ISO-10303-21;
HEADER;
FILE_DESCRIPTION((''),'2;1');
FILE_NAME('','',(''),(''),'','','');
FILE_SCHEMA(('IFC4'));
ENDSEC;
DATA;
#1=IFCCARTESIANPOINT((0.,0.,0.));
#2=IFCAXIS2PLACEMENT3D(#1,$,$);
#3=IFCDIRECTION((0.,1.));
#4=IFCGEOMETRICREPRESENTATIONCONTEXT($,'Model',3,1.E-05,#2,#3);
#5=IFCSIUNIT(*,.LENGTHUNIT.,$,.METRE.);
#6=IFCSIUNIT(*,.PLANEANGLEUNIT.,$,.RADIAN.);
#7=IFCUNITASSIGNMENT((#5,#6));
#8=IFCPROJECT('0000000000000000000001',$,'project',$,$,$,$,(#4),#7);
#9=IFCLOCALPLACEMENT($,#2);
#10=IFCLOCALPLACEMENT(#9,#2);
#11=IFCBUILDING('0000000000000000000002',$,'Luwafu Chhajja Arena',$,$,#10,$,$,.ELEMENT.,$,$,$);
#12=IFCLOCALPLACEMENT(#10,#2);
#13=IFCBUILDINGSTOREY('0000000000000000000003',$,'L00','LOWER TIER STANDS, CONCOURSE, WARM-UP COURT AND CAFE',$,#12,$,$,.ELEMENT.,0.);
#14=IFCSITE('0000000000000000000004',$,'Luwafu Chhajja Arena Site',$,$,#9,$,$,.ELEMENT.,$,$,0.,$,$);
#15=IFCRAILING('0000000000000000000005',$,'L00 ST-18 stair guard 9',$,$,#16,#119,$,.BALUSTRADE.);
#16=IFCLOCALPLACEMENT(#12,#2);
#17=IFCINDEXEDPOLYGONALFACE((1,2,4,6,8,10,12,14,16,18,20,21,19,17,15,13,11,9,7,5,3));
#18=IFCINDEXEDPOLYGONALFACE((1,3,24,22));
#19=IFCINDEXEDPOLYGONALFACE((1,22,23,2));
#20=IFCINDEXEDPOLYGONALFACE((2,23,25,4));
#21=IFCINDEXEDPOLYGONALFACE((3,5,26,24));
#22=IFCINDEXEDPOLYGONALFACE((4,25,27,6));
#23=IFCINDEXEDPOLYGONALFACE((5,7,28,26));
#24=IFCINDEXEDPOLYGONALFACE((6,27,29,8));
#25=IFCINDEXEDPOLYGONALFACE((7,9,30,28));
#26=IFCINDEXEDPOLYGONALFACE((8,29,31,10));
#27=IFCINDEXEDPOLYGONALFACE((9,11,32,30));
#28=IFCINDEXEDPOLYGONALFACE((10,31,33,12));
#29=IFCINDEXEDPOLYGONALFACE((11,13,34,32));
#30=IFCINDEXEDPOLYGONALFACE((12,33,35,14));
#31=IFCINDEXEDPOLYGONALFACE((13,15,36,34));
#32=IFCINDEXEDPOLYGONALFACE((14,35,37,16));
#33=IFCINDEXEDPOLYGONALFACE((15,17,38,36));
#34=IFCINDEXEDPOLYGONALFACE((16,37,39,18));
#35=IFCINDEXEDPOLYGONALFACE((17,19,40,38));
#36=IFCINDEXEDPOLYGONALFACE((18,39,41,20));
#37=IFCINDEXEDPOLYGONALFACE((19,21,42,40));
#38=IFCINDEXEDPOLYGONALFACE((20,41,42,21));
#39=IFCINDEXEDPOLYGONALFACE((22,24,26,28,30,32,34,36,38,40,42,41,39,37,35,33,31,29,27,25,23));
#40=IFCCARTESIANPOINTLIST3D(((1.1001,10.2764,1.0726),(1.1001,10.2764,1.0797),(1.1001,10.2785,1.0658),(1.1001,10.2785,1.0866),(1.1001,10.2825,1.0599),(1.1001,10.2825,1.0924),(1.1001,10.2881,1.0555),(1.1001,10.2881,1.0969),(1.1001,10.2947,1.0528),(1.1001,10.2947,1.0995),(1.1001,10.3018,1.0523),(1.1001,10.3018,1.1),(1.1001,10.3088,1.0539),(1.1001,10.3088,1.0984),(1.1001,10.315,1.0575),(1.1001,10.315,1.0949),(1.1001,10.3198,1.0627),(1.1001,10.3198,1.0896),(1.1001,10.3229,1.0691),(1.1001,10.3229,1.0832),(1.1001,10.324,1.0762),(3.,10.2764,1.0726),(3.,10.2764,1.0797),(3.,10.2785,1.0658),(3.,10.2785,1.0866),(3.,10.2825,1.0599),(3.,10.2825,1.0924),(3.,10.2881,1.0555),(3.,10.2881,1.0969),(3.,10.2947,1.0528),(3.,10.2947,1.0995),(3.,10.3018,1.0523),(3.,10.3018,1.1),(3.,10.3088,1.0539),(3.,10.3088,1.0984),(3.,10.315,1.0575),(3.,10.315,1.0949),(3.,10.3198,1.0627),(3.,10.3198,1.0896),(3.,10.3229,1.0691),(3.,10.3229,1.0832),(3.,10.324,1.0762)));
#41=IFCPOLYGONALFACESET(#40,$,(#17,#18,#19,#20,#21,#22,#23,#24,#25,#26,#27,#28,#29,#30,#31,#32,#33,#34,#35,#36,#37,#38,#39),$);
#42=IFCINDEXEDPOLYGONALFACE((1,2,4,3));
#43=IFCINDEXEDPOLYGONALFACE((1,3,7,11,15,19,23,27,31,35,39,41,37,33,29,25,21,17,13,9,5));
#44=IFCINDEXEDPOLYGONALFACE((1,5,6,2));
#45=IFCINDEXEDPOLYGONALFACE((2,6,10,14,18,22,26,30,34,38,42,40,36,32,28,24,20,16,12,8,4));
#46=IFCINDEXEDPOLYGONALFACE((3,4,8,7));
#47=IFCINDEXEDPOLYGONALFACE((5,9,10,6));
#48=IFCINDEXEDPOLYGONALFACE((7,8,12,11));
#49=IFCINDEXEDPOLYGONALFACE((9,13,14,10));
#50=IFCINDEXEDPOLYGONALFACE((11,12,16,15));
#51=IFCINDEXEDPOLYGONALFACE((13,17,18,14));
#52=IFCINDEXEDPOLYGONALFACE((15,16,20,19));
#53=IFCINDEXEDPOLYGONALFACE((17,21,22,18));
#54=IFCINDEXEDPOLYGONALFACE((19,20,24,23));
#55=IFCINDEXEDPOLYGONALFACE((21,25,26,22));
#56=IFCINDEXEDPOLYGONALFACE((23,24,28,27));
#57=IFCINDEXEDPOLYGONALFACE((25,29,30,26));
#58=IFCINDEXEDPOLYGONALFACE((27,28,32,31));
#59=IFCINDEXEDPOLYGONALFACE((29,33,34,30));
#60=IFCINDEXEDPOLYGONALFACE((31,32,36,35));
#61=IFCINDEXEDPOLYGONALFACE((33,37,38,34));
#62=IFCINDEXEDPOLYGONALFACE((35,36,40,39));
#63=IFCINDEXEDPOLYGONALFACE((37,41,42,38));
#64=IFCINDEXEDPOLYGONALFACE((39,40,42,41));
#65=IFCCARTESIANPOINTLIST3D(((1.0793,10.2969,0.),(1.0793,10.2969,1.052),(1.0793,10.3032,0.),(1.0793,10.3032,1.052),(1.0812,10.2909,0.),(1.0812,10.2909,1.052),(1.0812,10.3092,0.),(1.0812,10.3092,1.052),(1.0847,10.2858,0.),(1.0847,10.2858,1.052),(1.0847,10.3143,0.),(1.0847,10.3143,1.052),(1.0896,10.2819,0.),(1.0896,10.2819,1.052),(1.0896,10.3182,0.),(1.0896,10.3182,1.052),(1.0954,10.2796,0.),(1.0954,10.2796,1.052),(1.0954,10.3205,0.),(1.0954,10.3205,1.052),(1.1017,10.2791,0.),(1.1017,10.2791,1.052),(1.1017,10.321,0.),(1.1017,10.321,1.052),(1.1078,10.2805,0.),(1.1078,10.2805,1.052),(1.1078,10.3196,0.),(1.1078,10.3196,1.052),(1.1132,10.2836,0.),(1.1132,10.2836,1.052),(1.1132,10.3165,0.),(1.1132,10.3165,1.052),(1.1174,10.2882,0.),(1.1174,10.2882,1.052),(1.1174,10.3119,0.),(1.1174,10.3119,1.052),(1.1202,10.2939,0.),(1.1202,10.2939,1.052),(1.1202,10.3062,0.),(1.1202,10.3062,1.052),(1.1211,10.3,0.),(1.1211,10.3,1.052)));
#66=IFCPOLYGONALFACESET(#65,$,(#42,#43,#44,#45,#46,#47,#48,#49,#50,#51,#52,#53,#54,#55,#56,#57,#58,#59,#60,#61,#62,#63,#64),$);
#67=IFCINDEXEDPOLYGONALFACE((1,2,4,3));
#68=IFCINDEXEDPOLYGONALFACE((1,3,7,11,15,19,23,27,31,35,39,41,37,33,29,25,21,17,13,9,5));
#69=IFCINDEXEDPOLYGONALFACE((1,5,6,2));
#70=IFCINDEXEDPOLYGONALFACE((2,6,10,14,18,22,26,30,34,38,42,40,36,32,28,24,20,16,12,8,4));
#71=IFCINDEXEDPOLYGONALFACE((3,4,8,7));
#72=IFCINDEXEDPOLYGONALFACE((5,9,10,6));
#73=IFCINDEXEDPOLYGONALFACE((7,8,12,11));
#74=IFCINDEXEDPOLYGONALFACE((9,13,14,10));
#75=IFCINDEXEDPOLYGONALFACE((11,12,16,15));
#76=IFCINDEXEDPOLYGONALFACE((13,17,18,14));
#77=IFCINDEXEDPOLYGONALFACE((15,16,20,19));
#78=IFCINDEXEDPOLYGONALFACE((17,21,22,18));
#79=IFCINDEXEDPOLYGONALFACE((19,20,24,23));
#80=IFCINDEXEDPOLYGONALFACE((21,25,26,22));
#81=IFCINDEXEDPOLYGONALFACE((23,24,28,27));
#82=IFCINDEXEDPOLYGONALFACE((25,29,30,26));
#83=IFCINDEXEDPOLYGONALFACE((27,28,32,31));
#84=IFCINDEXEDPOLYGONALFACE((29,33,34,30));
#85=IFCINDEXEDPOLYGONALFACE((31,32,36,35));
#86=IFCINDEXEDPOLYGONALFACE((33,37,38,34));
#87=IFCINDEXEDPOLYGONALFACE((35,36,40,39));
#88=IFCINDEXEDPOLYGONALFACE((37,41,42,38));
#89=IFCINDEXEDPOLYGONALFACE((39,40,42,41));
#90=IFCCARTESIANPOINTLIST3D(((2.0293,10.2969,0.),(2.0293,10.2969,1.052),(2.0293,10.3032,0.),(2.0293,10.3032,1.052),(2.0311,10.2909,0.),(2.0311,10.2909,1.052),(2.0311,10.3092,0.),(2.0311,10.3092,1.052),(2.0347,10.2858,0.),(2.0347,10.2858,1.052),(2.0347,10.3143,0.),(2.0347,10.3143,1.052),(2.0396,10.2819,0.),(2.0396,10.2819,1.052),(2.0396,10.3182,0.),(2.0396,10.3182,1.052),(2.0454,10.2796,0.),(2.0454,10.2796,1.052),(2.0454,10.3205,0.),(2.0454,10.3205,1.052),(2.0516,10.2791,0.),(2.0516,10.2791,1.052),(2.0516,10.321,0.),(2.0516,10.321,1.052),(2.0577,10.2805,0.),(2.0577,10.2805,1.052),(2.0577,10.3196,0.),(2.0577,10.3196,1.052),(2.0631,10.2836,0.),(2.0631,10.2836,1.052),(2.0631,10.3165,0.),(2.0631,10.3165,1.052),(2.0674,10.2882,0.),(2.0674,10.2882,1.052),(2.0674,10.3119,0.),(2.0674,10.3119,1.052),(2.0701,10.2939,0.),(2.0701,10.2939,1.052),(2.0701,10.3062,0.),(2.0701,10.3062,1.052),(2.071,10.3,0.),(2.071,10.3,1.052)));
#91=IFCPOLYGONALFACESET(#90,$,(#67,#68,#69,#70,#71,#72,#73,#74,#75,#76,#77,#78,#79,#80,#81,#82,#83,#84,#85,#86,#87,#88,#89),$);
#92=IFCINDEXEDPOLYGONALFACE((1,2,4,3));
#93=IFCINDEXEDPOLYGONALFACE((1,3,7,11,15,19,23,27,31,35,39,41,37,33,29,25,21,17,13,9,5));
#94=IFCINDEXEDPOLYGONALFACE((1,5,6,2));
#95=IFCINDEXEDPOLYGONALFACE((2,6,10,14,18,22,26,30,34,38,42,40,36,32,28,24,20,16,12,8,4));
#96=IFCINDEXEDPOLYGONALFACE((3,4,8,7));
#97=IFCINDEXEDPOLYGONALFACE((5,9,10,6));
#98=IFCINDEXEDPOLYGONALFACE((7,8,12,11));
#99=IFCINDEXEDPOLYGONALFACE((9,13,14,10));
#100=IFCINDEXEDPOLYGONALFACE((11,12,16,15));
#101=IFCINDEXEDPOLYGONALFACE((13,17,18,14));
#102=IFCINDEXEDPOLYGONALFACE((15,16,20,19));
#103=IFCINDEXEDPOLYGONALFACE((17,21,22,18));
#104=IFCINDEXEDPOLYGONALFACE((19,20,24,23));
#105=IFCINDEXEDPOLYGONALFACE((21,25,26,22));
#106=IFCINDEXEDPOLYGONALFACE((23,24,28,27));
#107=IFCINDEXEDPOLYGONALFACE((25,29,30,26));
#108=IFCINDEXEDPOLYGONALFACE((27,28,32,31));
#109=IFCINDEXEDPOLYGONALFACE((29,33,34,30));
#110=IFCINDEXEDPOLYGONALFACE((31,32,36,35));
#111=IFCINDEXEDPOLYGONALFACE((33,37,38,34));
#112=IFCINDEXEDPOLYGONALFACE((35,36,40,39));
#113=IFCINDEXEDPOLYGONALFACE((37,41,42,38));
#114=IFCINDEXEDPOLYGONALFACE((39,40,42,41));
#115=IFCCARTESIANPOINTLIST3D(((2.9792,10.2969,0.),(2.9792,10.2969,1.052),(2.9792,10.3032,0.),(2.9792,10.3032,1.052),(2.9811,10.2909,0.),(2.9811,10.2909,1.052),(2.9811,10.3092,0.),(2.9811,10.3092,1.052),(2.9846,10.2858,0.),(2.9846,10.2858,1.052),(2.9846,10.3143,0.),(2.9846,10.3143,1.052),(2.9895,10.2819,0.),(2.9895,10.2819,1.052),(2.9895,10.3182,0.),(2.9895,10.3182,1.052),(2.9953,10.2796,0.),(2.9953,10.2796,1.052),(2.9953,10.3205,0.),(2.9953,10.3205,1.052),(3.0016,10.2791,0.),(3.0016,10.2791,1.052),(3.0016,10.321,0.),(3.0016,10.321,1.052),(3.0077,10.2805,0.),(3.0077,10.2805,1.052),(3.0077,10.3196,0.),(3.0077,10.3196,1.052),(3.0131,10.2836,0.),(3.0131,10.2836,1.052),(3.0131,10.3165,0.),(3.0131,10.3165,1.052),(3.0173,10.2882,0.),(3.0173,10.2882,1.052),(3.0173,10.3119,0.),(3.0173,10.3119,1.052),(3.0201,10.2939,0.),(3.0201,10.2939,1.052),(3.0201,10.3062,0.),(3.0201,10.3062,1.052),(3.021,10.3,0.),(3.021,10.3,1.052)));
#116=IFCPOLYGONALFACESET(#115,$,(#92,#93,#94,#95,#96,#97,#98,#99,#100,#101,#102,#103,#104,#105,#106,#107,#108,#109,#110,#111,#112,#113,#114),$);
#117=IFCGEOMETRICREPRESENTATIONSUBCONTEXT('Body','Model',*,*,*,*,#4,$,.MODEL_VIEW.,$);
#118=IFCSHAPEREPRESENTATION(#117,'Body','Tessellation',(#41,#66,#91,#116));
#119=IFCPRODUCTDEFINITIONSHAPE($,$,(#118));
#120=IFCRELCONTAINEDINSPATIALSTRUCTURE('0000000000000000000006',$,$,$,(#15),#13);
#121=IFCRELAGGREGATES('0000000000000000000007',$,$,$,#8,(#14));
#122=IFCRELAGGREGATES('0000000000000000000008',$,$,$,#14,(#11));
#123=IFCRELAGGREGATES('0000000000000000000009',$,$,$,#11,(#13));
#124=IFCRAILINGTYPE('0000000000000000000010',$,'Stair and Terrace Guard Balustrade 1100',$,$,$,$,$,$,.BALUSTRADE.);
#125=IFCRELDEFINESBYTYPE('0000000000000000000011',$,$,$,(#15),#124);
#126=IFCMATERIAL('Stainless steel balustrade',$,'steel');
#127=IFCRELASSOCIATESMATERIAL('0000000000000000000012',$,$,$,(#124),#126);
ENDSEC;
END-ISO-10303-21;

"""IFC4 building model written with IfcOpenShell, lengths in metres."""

from ifc_helpers import new_model, si_unit, direction, frame, origin, origin_2d, place, context, subcontext, project, spatial, circle, extrude, material, type_object, element, save


model = new_model("IFC4")

# Units and contexts
model_context = context("Model", 3, precision=1e-05, world=origin(), true_north=direction((0.0, 1.0)))
body_context = subcontext(model_context, "Body", "Model", "MODEL_VIEW")
ifc_project = project(units=[si_unit("LENGTHUNIT", "METRE"), si_unit("PLANEANGLEUNIT", "RADIAN")], contexts=[model_context])

# Site, building, storey
site_placement = place(None, origin())
site = spatial("IfcSite", under=ifc_project, at=site_placement, Name="Luwafu Chhajja Arena Site", CompositionType="ELEMENT", RefElevation=0.0)
building_placement = place(site_placement, origin())
building = spatial("IfcBuilding", under=site, at=building_placement, Name="Luwafu Chhajja Arena", CompositionType="ELEMENT")
storey_placement = place(building_placement, origin())
storey = spatial("IfcBuildingStorey", under=building, at=storey_placement, Name="L00", Description="LOWER TIER STANDS, CONCOURSE, WARM-UP COURT AND CAFE", CompositionType="ELEMENT", Elevation=0.0)

# Railing
ifc_material_1 = material(Name="Stainless steel balustrade", Category="steel")
railing_type_1 = type_object("IfcRailingType", Name="Stair and Terrace Guard Balustrade 1100", PredefinedType="BALUSTRADE", material=ifc_material_1)
for number, where, name in (
    (1, (1.1001, 10.3, 0.0), "L00 ST-18 stair guard 9"),
):
    element("IfcRailing", number, at=place(storey_placement, frame(where)), inside=storey, type_object=railing_type_1, Name=name, PredefinedType="BALUSTRADE", context=body_context, shape_type="SweptSolid", body=[
        extrude(circle(Radius=0.0239, at=origin_2d()), frame((0.0, 0.0, 1.0762), z_axis=(1.0, 0.0, 0.0), x_axis=(0.0, 1.0, 0.0)), (0.0, 0.0, 1.0), 1.8999),
        extrude(circle(Radius=0.021, at=origin_2d()), origin(), (0.0, 0.0, 1.0), 1.052),
        extrude(circle(Radius=0.021, at=origin_2d()), frame((0.95, 0.0, 0.0)), (0.0, 0.0, 1.0), 1.052),
        extrude(circle(Radius=0.021, at=origin_2d()), frame((1.8999, 0.0, 0.0)), (0.0, 0.0, 1.0), 1.052),
    ])

save(model, "model.ifc")
